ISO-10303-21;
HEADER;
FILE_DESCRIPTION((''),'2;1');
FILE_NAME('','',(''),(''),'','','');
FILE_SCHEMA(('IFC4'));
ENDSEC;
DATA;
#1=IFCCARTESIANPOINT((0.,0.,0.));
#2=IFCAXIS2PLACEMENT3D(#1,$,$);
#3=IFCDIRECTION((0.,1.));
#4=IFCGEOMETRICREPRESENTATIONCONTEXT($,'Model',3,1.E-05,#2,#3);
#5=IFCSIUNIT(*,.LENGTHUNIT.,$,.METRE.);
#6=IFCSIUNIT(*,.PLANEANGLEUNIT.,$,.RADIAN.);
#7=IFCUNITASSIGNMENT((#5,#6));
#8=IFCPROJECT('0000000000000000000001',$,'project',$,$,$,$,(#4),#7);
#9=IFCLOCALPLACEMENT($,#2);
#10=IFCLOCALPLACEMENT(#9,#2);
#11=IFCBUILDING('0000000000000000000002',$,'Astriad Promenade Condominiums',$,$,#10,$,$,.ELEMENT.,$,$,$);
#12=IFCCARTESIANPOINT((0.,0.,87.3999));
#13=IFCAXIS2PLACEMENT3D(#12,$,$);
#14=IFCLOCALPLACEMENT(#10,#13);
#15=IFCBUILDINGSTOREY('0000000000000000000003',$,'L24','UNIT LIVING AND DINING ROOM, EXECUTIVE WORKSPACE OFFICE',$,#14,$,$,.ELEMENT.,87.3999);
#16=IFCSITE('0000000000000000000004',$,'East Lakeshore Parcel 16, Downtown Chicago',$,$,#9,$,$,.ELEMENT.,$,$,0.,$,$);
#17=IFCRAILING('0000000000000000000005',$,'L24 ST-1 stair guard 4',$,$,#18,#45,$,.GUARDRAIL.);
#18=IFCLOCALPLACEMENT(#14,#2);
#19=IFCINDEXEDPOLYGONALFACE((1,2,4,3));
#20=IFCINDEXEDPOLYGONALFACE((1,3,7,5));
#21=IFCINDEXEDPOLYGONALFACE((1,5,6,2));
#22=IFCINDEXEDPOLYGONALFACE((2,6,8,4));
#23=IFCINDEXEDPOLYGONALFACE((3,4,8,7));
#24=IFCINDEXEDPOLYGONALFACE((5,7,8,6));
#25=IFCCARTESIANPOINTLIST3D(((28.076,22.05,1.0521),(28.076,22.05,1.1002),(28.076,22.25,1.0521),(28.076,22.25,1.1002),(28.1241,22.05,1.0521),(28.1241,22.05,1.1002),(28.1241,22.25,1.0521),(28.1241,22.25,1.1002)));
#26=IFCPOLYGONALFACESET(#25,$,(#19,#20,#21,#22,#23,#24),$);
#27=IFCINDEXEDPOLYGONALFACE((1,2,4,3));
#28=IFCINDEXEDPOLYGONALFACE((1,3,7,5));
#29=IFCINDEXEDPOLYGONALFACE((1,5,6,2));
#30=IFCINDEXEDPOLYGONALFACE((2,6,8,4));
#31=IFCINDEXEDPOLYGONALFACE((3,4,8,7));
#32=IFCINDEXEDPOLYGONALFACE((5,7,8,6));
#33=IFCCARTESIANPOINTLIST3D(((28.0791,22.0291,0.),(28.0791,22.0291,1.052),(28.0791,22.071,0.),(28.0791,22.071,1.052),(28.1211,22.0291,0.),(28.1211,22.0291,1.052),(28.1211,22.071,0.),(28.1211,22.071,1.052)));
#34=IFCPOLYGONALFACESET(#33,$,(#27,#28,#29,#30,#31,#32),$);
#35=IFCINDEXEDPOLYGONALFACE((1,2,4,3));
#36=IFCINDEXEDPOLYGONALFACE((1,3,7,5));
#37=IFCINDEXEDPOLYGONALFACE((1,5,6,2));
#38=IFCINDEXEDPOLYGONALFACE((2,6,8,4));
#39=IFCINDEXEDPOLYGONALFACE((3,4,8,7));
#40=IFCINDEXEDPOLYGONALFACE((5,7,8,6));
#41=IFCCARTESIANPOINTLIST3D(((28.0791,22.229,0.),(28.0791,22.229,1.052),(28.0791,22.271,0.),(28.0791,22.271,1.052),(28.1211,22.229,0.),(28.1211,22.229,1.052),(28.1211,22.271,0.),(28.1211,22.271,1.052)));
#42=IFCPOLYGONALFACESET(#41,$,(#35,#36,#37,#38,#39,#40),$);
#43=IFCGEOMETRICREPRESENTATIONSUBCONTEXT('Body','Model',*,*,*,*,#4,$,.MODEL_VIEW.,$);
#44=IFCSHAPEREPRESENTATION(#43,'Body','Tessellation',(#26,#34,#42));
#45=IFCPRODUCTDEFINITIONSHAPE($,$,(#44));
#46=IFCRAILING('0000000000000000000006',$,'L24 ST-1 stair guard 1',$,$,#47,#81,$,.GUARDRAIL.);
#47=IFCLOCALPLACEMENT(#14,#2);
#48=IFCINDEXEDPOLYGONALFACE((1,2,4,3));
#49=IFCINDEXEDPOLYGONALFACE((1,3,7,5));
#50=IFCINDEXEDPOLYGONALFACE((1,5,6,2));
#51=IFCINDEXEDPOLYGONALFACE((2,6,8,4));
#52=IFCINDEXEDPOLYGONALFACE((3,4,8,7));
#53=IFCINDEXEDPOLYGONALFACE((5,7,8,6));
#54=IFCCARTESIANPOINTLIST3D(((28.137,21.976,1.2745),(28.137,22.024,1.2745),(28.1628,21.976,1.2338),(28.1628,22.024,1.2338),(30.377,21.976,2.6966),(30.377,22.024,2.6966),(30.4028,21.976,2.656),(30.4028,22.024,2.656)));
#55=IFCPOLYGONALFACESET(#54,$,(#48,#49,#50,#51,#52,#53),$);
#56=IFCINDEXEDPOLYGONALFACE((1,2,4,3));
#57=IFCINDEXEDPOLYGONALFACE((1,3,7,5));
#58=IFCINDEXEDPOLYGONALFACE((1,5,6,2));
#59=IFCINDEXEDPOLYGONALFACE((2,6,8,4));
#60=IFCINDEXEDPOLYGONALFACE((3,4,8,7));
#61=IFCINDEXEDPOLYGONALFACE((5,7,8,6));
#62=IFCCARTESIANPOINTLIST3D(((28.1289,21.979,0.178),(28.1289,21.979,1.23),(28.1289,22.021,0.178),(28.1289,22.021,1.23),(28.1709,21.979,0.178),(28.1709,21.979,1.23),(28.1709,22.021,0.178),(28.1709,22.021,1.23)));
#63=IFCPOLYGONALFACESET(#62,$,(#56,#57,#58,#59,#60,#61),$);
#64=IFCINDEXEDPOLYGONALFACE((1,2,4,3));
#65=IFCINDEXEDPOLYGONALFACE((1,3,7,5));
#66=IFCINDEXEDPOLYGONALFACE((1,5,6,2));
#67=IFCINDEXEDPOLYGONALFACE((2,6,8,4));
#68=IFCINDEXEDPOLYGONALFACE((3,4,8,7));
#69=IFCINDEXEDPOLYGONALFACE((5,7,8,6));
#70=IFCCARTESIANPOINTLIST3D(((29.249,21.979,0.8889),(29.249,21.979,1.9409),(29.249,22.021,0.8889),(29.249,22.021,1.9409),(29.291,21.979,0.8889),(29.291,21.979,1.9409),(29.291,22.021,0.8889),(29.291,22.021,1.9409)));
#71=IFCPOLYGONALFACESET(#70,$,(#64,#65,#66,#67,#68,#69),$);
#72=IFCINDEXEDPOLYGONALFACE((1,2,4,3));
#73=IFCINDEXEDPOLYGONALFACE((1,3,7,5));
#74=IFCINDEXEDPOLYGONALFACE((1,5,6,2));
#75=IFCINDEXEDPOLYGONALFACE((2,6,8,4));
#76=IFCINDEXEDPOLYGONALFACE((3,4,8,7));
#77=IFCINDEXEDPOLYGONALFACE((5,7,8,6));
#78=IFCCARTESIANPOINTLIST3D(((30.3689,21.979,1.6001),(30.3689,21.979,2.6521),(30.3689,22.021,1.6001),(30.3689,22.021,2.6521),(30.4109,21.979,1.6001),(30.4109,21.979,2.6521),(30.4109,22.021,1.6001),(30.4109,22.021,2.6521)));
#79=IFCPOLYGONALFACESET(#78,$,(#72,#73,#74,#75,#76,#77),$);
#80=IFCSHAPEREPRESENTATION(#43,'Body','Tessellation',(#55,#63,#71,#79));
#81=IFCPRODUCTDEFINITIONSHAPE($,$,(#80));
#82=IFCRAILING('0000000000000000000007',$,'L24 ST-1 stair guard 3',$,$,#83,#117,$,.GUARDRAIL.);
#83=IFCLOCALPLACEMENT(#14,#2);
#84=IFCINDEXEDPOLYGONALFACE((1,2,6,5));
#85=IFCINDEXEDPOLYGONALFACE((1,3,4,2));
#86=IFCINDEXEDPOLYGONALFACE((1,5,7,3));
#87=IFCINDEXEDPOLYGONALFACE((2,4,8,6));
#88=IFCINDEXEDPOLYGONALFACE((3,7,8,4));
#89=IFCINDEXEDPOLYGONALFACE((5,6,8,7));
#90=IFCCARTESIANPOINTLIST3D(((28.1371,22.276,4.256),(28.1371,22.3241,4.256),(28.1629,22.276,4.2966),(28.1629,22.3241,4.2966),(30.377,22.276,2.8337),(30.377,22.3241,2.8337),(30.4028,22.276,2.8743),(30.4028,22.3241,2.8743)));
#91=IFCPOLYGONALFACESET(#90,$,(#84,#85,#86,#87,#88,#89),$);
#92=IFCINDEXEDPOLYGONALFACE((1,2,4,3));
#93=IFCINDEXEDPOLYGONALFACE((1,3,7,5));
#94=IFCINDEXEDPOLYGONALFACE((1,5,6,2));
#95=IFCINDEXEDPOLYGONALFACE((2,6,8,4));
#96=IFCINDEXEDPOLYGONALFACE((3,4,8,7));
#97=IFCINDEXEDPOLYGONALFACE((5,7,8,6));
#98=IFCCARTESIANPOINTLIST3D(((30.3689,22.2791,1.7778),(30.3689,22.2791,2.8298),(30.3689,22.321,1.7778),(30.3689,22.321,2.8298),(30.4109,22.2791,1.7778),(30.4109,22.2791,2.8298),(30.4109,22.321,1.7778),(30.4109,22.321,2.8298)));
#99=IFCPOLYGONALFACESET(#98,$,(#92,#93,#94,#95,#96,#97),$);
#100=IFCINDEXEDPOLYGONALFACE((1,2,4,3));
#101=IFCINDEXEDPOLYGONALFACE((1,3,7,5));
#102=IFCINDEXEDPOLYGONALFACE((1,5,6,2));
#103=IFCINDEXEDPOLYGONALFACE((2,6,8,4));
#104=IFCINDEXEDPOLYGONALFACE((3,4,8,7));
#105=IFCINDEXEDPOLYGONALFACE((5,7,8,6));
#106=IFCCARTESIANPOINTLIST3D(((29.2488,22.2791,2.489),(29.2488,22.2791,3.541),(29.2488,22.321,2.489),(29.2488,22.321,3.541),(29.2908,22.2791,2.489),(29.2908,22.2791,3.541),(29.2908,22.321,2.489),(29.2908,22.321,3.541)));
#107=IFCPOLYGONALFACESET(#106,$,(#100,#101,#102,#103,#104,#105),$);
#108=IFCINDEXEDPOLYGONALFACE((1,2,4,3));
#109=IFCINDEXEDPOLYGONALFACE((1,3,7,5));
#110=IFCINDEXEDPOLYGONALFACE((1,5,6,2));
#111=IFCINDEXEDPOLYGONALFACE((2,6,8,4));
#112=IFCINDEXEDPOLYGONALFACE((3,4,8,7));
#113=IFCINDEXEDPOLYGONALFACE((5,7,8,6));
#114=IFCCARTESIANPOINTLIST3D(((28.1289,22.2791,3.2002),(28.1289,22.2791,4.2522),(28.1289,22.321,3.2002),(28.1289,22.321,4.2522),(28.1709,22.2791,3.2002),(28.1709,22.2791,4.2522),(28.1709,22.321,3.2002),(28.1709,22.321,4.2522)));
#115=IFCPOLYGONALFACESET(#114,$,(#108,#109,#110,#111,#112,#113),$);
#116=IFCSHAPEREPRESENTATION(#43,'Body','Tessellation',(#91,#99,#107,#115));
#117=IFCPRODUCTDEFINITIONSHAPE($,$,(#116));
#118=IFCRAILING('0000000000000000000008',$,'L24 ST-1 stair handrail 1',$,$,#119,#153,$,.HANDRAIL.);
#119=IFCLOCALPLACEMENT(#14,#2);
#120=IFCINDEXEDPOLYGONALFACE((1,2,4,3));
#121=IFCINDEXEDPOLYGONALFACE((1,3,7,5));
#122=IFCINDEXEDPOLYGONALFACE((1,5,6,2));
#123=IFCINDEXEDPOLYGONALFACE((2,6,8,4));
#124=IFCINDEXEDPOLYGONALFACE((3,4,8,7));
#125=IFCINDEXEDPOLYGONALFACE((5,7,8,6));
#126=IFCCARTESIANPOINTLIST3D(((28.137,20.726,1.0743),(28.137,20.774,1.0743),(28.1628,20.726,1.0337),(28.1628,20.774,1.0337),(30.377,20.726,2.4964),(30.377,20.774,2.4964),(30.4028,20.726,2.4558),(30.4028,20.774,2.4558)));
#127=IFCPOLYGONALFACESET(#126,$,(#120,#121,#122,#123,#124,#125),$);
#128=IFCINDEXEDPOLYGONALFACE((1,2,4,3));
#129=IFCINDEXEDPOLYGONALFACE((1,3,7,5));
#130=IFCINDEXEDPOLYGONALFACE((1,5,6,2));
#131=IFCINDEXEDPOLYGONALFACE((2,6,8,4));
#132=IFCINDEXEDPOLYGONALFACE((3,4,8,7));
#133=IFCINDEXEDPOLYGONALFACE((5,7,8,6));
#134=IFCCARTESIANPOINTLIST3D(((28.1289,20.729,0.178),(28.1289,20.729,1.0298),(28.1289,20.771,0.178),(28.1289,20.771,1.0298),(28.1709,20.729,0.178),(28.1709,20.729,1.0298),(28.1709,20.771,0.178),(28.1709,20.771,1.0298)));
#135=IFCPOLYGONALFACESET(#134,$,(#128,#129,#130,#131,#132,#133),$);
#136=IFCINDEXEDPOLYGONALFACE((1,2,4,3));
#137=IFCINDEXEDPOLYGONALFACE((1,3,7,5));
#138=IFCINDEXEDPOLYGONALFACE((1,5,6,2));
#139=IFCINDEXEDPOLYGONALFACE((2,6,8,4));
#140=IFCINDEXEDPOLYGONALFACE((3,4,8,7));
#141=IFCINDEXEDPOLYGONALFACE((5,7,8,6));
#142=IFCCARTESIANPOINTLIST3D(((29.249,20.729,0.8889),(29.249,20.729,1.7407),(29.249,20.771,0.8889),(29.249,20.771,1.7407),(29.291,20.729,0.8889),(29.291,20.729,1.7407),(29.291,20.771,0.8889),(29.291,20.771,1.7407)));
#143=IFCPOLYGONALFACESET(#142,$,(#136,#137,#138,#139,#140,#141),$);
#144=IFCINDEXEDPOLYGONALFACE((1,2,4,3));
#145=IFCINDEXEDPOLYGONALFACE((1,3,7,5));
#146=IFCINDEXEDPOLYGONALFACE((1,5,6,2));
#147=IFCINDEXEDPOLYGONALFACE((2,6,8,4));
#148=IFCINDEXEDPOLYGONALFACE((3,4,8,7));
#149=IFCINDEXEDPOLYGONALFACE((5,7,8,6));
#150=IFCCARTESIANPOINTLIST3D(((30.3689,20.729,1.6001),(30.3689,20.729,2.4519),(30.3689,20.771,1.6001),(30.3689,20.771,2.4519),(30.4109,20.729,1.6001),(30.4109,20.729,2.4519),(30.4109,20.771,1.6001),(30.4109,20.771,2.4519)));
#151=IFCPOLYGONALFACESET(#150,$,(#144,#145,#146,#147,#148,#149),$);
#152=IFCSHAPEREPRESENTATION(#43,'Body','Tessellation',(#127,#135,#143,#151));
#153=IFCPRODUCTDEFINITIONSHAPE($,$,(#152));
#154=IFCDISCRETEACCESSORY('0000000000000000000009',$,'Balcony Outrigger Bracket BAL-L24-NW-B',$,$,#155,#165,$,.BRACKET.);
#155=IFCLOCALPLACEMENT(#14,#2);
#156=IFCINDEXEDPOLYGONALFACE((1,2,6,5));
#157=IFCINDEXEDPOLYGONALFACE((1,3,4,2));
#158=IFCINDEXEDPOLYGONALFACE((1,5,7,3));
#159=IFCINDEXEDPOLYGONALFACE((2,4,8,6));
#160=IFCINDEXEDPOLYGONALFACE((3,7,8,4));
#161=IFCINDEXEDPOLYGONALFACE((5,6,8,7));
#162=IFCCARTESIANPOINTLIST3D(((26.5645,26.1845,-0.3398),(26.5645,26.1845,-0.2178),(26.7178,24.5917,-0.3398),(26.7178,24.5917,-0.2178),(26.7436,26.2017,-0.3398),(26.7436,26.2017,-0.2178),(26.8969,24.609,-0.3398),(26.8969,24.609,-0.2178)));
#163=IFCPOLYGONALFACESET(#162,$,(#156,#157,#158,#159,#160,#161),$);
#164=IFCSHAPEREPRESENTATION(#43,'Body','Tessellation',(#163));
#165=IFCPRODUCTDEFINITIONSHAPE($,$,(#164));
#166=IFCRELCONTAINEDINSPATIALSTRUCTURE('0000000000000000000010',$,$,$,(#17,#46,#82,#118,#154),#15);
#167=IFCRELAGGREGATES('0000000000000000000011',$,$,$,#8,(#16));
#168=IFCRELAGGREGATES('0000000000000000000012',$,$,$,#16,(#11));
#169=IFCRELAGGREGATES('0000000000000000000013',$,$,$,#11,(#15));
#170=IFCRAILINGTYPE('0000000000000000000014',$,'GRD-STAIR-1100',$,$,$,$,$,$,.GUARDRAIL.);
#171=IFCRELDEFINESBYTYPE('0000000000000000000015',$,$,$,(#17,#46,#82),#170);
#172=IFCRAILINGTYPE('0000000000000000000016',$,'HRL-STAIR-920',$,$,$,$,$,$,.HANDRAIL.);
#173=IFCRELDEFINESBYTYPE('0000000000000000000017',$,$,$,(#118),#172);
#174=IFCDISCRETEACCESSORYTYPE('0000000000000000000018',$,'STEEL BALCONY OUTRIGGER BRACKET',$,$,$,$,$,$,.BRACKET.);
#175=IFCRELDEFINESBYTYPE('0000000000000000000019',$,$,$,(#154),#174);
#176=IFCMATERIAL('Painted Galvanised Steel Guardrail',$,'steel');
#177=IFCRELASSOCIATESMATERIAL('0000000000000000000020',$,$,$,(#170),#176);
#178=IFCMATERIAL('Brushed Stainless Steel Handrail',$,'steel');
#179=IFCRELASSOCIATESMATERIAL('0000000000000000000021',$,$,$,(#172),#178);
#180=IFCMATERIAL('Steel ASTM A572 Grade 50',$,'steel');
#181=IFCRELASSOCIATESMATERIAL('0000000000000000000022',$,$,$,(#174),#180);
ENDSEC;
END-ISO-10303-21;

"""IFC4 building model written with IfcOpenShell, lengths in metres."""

from ifc_helpers import new_model, si_unit, direction, frame, origin, origin_2d, place, context, subcontext, project, spatial, rectangle, extrude, source, transform, mapped, material, type_object, type_shapes, element, save


model = new_model("IFC4")

# Units and contexts
model_context = context("Model", 3, precision=1e-05, world=origin(), true_north=direction((0.0, 1.0)))
body_context = subcontext(model_context, "Body", "Model", "MODEL_VIEW")
ifc_project = project(units=[si_unit("LENGTHUNIT", "METRE"), si_unit("PLANEANGLEUNIT", "RADIAN")], contexts=[model_context])

# Site, building, storey
site_placement = place(None, origin())
site = spatial("IfcSite", under=ifc_project, at=site_placement, Name="East Lakeshore Parcel 16, Downtown Chicago", CompositionType="ELEMENT", RefElevation=0.0)
building_placement = place(site_placement, origin())
building = spatial("IfcBuilding", under=site, at=building_placement, Name="Astriad Promenade Condominiums", CompositionType="ELEMENT")
storey_placement = place(building_placement, frame((0.0, 0.0, 87.3999)))
storey = spatial("IfcBuildingStorey", under=building, at=storey_placement, Name="L24", Description="UNIT LIVING AND DINING ROOM, EXECUTIVE WORKSPACE OFFICE", CompositionType="ELEMENT", Elevation=87.3999)

# Railings
ifc_material_1 = material(Name="Painted Galvanised Steel Guardrail", Category="steel")
railing_type_1 = type_object("IfcRailingType", Name="GRD-STAIR-1100", PredefinedType="GUARDRAIL", material=ifc_material_1)
shared_shape_1 = source(origin(), body_context, "Body", "SweptSolid", [
    extrude(rectangle(XDim=0.0481, YDim=0.0481, at=origin_2d()), frame((0.0, 0.0, 1.0762), z_axis=(0.0, 1.0, 0.0), x_axis=(-1.0, 0.0, 0.0)), (0.0, 0.0, 1.0), 0.2),
    extrude(rectangle(XDim=0.042, YDim=0.042, at=origin_2d()), origin(), (0.0, 0.0, 1.0), 1.052),
    extrude(rectangle(XDim=0.042, YDim=0.042, at=origin_2d()), frame((0.0, 0.2, 0.0)), (0.0, 0.0, 1.0), 1.052),
])
railing_1_placement = place(storey_placement, frame((28.1001, 22.05, 0.0)))
element("IfcRailing", 1, at=railing_1_placement, inside=storey, type_object=railing_type_1, Name="L24 ST-1 stair guard 4", PredefinedType="GUARDRAIL", context=body_context, shape_type="MappedRepresentation", body=[
    mapped(shared_shape_1, transform((0.0, 0.0, 0.0), scale=1.0)),
])
shared_shape_2 = source(origin(), body_context, "Body", "SweptSolid", [
    extrude(rectangle(XDim=0.0481, YDim=0.0481, at=origin_2d()), frame((0.0, 0.0, 1.0762), z_axis=(0.844229, 0.0, 0.535982), x_axis=(0.0, 1.0, 0.0)), (0.0, 0.0, 1.0), 2.6533),
    extrude(rectangle(XDim=0.042, YDim=0.042, at=origin_2d()), origin(), (0.0, 0.0, 1.0), 1.052),
    extrude(rectangle(XDim=0.042, YDim=0.042, at=origin_2d()), frame((1.1201, 0.0, 0.7109)), (0.0, 0.0, 1.0), 1.052),
    extrude(rectangle(XDim=0.042, YDim=0.042, at=origin_2d()), frame((2.24, 0.0, 1.4221)), (0.0, 0.0, 1.0), 1.052),
])
railing_2_placement = place(storey_placement, frame((28.1499, 22.0, 0.178)))
element("IfcRailing", 2, at=railing_2_placement, inside=storey, type_object=railing_type_1, Name="L24 ST-1 stair guard 1", PredefinedType="GUARDRAIL", context=body_context, shape_type="MappedRepresentation", body=[
    mapped(shared_shape_2, transform((0.0, 0.0, 0.0), scale=1.0)),
])
shared_shape_3 = source(origin(), body_context, "Body", "SweptSolid", [
    extrude(rectangle(XDim=0.0481, YDim=0.0481, at=origin_2d()), frame((0.0, 0.0, 1.0762), z_axis=(-0.844188, 0.0, 0.536048), x_axis=(0.0, -1.0, 0.0)), (0.0, 0.0, 1.0), 2.6533),
    extrude(rectangle(XDim=0.042, YDim=0.042, at=origin_2d()), origin(), (0.0, 0.0, 1.0), 1.052),
    extrude(rectangle(XDim=0.042, YDim=0.042, at=origin_2d()), frame((-1.1201, 0.0, 0.7112)), (0.0, 0.0, 1.0), 1.052),
    extrude(rectangle(XDim=0.042, YDim=0.042, at=origin_2d()), frame((-2.24, 0.0, 1.4224)), (0.0, 0.0, 1.0), 1.052),
])
type_shapes(railing_type_1, [shared_shape_1, shared_shape_2, shared_shape_3])
railing_3_placement = place(storey_placement, frame((30.3899, 22.3, 1.7778)))
element("IfcRailing", 3, at=railing_3_placement, inside=storey, type_object=railing_type_1, Name="L24 ST-1 stair guard 3", PredefinedType="GUARDRAIL", context=body_context, shape_type="MappedRepresentation", body=[
    mapped(shared_shape_3, transform((0.0, 0.0, 0.0), scale=1.0)),
])
ifc_material_2 = material(Name="Brushed Stainless Steel Handrail", Category="steel")
railing_type_2 = type_object("IfcRailingType", Name="HRL-STAIR-920", PredefinedType="HANDRAIL", material=ifc_material_2)
shared_shape_4 = source(origin(), body_context, "Body", "SweptSolid", [
    extrude(rectangle(XDim=0.0481, YDim=0.0481, at=origin_2d()), frame((0.0, 0.0, 0.876), z_axis=(0.844229, 0.0, 0.535982), x_axis=(0.0, 1.0, 0.0)), (0.0, 0.0, 1.0), 2.6533),
    extrude(rectangle(XDim=0.042, YDim=0.042, at=origin_2d()), origin(), (0.0, 0.0, 1.0), 0.8518),
    extrude(rectangle(XDim=0.042, YDim=0.042, at=origin_2d()), frame((1.1201, 0.0, 0.7109)), (0.0, 0.0, 1.0), 0.8518),
    extrude(rectangle(XDim=0.042, YDim=0.042, at=origin_2d()), frame((2.24, 0.0, 1.4221)), (0.0, 0.0, 1.0), 0.8518),
])
type_shapes(railing_type_2, [shared_shape_4])
railing_4_placement = place(storey_placement, frame((28.1499, 20.75, 0.178)))
element("IfcRailing", 4, at=railing_4_placement, inside=storey, type_object=railing_type_2, Name="L24 ST-1 stair handrail 1", PredefinedType="HANDRAIL", context=body_context, shape_type="MappedRepresentation", body=[
    mapped(shared_shape_4, transform((0.0, 0.0, 0.0), scale=1.0)),
])

# Discrete accessory
ifc_material_3 = material(Name="Steel ASTM A572 Grade 50", Category="steel")
discrete_accessory_type = type_object("IfcDiscreteAccessoryType", Name="STEEL BALCONY OUTRIGGER BRACKET", PredefinedType="BRACKET", material=ifc_material_3)
shared_shape_5 = source(origin(), body_context, "Body", "SweptSolid", [
    extrude(rectangle(XDim=1.6001, YDim=0.1799, at=origin_2d()), origin(), (0.0, 0.0, 1.0), 0.1221),
])
type_shapes(discrete_accessory_type, [shared_shape_5])
discrete_accessory_placement = place(storey_placement, frame((26.7307, 25.3967, -0.3398), z_axis=(0.0, 0.0, 1.0), x_axis=(-0.095846, 0.995396, 0.0)))
element("IfcDiscreteAccessory", 5, at=discrete_accessory_placement, inside=storey, type_object=discrete_accessory_type, Name="Balcony Outrigger Bracket BAL-L24-NW-B", PredefinedType="BRACKET", context=body_context, shape_type="MappedRepresentation", body=[
    mapped(shared_shape_5, transform((0.0, 0.0, 0.0), scale=1.0)),
])

save(model, "model.ifc")
